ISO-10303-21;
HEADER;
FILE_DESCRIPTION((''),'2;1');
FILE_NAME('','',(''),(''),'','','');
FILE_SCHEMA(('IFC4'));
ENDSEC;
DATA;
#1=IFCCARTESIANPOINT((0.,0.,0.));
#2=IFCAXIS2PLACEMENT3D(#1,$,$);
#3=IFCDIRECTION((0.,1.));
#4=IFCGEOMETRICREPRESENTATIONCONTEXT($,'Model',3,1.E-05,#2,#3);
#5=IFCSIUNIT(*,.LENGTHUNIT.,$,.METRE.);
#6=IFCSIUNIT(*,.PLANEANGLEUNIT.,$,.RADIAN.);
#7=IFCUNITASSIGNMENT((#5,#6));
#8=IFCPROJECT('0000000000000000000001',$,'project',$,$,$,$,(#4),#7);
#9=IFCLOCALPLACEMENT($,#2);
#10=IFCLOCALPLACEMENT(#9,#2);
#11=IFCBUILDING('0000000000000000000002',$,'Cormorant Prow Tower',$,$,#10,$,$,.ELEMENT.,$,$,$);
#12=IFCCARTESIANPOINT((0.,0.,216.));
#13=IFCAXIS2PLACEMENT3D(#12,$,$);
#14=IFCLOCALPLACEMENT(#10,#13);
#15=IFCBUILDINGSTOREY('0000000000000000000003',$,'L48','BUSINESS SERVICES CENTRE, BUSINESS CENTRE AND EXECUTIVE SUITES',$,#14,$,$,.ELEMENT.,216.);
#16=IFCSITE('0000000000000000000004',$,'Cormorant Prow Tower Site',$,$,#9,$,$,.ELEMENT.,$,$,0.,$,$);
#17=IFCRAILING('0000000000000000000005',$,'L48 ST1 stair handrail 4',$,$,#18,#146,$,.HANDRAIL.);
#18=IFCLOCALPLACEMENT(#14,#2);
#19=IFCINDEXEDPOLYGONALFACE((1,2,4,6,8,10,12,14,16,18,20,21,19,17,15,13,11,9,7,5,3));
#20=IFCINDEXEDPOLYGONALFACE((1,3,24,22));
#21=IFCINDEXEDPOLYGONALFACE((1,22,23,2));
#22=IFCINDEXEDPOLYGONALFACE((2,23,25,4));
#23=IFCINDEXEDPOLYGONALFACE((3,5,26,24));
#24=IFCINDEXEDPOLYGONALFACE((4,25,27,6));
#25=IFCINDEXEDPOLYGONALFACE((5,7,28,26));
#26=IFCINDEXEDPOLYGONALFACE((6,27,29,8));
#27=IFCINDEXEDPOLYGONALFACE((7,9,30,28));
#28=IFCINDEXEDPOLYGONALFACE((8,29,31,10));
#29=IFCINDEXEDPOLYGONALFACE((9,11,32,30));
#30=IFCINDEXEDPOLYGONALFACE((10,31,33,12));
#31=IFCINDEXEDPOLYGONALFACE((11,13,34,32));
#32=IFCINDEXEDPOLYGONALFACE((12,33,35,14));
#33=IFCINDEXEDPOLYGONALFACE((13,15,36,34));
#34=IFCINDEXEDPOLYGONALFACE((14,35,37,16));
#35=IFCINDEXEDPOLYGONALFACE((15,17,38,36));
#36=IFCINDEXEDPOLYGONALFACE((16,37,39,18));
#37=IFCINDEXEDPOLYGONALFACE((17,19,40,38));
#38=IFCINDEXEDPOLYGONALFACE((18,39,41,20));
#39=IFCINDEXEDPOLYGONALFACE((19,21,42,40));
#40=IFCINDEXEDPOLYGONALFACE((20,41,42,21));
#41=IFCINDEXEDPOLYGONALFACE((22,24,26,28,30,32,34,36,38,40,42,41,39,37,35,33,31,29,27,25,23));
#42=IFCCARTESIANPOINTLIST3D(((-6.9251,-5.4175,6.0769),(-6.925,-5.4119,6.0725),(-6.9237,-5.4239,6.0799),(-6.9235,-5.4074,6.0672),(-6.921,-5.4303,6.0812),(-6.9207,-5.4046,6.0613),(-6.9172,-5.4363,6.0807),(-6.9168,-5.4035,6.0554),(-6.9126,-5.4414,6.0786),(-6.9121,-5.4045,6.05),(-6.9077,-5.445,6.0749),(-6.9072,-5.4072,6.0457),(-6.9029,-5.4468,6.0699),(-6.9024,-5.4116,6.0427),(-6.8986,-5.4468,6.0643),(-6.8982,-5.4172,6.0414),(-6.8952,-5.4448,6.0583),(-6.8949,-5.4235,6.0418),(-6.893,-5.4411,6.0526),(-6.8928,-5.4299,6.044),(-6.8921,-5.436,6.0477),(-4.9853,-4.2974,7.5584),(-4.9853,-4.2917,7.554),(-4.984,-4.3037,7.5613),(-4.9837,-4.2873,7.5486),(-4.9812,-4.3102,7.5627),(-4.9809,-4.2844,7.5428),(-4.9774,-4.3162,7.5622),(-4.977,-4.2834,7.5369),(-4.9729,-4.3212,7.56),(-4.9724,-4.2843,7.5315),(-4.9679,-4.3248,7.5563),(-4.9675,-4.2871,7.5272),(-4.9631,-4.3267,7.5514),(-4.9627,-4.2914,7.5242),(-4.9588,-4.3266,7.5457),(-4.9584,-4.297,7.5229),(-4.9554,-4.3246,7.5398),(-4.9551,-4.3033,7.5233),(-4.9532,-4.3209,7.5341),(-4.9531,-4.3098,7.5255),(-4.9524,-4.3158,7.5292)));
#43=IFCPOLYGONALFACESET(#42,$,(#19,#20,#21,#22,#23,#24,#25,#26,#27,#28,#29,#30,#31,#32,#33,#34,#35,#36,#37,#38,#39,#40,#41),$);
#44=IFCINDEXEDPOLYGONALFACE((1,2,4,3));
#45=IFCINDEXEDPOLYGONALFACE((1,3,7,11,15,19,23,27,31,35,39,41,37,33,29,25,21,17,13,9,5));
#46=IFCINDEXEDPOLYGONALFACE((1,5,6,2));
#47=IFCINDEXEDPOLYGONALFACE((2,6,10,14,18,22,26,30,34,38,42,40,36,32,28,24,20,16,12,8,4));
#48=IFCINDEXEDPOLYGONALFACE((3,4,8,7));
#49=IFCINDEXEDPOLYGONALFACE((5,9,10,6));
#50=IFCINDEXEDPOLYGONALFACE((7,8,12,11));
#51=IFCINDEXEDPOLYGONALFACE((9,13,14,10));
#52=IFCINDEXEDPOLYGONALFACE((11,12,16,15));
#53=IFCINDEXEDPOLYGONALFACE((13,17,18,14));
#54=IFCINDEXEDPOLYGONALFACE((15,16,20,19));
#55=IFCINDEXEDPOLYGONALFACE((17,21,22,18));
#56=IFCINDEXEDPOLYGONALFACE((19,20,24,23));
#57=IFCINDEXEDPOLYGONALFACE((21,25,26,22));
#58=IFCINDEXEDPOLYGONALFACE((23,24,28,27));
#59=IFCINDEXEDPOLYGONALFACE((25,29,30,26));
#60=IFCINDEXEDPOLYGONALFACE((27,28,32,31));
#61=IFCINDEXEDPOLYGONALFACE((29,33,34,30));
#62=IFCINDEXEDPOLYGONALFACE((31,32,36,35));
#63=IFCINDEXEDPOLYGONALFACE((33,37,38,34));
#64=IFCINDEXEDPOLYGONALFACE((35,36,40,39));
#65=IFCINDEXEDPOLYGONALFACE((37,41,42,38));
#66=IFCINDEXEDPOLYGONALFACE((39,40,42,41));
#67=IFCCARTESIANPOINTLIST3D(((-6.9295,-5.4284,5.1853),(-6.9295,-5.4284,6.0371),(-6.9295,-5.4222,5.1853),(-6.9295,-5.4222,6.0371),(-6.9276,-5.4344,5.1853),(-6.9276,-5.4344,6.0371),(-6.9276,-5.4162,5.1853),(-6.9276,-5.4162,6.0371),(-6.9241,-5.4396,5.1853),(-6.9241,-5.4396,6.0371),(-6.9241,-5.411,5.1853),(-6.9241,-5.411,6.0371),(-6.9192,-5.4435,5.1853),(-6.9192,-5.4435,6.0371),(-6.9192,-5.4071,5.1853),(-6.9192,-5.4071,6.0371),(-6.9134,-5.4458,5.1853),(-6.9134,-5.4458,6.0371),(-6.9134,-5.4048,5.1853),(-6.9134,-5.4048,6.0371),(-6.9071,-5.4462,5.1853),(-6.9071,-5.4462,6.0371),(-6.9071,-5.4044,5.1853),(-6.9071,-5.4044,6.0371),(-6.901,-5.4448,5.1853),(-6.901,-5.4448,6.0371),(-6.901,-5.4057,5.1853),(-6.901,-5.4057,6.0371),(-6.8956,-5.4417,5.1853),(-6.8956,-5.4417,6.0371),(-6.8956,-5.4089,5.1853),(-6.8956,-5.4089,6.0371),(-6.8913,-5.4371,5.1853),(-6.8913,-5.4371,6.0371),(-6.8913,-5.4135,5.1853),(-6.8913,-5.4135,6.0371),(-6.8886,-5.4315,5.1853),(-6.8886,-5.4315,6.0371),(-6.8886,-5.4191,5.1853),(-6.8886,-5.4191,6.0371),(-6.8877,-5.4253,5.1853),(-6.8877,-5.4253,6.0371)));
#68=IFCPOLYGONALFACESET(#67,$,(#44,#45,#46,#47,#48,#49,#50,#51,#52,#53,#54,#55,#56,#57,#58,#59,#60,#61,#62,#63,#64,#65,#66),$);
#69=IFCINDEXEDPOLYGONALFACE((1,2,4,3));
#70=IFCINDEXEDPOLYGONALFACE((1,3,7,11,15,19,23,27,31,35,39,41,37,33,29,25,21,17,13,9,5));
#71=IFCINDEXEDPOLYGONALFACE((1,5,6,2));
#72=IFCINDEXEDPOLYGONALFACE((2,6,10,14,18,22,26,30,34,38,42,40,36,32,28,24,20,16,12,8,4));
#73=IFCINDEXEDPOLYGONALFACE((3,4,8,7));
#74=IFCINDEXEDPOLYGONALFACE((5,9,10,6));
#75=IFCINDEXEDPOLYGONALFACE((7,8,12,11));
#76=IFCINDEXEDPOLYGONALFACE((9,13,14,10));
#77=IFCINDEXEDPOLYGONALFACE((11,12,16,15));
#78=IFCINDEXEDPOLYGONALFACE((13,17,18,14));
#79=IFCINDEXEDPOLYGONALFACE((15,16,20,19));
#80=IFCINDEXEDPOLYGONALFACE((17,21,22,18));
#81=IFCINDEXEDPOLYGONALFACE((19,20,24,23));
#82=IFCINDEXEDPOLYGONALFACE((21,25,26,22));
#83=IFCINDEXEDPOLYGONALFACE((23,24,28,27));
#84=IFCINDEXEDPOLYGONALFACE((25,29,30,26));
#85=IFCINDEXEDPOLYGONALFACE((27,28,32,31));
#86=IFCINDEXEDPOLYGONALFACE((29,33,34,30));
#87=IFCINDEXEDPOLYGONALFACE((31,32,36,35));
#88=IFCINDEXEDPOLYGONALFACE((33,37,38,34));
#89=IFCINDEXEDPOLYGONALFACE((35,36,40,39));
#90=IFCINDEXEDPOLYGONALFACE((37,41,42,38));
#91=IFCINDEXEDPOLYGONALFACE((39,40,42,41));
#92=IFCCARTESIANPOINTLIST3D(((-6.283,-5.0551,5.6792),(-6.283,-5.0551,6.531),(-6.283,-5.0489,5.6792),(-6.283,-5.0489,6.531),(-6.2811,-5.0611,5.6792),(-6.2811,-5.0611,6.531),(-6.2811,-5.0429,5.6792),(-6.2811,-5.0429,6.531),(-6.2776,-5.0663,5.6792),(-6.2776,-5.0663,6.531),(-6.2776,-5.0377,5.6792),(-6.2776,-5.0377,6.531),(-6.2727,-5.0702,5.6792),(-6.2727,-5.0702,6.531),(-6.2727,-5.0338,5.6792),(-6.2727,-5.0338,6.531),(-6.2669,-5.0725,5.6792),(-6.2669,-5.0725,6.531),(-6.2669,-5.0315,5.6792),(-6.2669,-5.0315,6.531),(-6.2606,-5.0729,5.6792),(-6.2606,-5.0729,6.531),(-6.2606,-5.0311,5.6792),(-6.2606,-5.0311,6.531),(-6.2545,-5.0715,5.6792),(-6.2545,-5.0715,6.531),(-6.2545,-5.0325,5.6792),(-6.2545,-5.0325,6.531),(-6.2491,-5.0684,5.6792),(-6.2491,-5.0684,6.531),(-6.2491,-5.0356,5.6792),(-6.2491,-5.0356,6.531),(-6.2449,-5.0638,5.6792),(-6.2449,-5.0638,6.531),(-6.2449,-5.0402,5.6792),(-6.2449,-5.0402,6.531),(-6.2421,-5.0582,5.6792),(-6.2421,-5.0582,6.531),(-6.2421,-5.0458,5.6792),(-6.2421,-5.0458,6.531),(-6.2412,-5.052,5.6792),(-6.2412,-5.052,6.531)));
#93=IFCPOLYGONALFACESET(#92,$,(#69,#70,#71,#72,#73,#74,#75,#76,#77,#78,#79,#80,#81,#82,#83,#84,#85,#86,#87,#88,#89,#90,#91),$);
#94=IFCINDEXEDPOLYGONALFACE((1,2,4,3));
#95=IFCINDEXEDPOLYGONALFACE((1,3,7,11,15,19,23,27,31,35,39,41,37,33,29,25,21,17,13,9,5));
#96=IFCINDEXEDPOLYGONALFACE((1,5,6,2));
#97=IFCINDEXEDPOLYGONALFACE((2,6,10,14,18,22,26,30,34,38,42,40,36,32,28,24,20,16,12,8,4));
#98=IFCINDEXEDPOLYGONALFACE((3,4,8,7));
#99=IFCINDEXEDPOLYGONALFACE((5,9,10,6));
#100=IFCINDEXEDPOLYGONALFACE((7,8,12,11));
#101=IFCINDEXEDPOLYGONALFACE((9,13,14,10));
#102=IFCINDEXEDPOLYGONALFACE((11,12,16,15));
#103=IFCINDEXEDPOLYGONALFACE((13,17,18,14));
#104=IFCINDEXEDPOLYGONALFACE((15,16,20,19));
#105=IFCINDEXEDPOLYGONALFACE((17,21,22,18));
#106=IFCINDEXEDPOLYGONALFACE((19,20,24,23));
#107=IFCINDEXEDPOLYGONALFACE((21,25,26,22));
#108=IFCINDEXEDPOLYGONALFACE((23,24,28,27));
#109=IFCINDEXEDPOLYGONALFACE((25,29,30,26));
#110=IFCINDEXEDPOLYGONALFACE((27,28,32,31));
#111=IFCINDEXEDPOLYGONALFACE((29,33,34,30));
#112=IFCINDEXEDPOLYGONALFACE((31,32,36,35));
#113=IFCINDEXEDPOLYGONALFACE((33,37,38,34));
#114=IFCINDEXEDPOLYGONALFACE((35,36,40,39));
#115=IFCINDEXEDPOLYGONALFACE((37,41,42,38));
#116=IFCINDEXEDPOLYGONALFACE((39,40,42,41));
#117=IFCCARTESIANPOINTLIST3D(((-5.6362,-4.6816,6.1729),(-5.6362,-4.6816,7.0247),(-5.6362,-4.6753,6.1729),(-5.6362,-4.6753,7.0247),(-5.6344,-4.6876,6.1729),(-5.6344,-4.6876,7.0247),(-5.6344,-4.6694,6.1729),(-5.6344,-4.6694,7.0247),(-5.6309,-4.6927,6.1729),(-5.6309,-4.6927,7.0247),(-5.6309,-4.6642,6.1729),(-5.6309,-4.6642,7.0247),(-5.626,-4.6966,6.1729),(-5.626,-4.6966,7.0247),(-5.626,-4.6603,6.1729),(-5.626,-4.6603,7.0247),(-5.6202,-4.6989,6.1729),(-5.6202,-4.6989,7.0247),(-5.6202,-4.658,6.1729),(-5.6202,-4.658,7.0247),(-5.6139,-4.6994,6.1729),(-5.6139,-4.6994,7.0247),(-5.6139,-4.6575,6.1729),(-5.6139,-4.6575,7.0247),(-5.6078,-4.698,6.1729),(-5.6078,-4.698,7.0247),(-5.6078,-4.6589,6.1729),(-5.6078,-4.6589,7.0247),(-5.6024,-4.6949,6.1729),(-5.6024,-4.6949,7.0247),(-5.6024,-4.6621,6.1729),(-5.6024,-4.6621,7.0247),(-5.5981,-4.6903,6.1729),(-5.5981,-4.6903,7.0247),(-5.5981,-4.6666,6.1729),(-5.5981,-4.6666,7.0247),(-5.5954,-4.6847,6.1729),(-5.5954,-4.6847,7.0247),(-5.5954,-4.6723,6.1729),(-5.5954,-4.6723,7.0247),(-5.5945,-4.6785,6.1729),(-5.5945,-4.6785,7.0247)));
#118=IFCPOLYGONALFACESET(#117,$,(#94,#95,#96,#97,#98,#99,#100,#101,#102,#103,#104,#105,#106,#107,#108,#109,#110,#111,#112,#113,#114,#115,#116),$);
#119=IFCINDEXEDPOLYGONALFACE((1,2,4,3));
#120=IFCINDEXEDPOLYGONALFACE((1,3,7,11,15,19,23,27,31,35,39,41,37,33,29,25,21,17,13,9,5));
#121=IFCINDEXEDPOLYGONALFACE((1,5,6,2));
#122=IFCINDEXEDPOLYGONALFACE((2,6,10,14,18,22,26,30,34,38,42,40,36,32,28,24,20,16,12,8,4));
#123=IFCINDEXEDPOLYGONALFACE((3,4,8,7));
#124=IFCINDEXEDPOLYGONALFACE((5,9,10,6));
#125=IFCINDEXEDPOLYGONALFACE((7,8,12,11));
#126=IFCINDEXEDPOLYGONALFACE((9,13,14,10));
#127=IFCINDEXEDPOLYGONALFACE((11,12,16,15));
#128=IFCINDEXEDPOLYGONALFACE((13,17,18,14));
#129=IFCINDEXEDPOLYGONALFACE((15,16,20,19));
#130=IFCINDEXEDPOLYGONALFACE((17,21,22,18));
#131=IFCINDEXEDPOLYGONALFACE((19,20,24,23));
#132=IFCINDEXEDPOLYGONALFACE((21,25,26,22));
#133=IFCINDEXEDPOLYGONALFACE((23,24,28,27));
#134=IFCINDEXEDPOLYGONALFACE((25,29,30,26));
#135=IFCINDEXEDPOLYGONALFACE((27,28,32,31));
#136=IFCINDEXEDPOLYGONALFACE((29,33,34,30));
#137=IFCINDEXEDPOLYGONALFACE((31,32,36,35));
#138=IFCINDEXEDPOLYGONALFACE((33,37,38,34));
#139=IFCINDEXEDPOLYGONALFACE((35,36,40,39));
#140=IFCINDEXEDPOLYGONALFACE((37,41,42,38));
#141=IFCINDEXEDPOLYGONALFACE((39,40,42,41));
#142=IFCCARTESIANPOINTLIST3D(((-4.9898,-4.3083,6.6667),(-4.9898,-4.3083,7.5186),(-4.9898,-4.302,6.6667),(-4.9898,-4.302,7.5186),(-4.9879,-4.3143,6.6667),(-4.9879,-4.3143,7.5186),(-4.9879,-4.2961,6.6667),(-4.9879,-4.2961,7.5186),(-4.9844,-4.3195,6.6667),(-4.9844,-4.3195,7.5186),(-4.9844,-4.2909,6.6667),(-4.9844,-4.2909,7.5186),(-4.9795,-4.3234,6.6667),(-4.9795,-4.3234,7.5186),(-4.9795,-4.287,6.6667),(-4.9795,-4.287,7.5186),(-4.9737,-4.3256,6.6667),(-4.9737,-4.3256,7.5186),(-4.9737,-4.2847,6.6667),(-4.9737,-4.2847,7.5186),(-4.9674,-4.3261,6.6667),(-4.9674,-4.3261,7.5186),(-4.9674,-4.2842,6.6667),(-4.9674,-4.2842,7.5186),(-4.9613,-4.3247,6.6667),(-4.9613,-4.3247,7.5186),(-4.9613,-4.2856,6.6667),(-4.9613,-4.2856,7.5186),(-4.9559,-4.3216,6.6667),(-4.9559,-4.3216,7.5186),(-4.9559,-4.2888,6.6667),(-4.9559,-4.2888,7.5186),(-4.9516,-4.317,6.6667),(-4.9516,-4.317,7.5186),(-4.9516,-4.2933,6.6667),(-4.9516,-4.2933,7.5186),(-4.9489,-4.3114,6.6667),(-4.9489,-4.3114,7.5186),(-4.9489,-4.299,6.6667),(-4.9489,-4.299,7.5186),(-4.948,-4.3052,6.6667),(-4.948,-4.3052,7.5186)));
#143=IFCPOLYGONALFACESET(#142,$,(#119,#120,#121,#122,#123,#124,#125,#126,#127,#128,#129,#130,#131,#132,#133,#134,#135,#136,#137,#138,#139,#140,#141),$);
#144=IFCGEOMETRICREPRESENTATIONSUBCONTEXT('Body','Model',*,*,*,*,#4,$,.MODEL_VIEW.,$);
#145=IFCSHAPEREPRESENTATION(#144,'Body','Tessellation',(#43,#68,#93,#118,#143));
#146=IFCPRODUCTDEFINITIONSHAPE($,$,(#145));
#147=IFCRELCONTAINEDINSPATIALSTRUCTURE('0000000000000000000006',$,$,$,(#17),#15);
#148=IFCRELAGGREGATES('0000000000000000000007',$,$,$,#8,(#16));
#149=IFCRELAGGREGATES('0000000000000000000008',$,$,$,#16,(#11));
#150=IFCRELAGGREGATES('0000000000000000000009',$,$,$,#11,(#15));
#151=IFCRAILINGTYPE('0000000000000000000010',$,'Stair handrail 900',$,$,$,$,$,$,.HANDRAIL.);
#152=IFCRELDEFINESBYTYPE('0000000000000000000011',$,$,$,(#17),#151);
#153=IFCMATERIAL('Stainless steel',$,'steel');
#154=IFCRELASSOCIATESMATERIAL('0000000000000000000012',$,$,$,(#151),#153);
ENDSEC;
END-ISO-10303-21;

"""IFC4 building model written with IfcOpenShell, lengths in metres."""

from ifc_helpers import new_model, si_unit, direction, frame, origin, origin_2d, place, context, subcontext, project, spatial, circle, extrude, material, type_object, element, save


model = new_model("IFC4")

# Units and contexts
model_context = context("Model", 3, precision=1e-05, world=origin(), true_north=direction((0.0, 1.0)))
body_context = subcontext(model_context, "Body", "Model", "MODEL_VIEW")
ifc_project = project(units=[si_unit("LENGTHUNIT", "METRE"), si_unit("PLANEANGLEUNIT", "RADIAN")], contexts=[model_context])

# Site, building, storey
site_placement = place(None, origin())
site = spatial("IfcSite", under=ifc_project, at=site_placement, Name="Cormorant Prow Tower Site", CompositionType="ELEMENT", RefElevation=0.0)
building_placement = place(site_placement, origin())
building = spatial("IfcBuilding", under=site, at=building_placement, Name="Cormorant Prow Tower", CompositionType="ELEMENT")
storey_placement = place(building_placement, frame((0.0, 0.0, 216.0)))
storey = spatial("IfcBuildingStorey", under=building, at=storey_placement, Name="L48", Description="BUSINESS SERVICES CENTRE, BUSINESS CENTRE AND EXECUTIVE SUITES", CompositionType="ELEMENT", Elevation=216.0)

# Railing
ifc_material_1 = material(Name="Stainless steel", Category="steel")
railing_type_1 = type_object("IfcRailingType", Name="Stair handrail 900", PredefinedType="HANDRAIL", material=ifc_material_1)
railing_1_placement = place(storey_placement, frame((-6.9087, -5.4253, 5.1853)))
element("IfcRailing", 1, at=railing_1_placement, inside=storey, type_object=railing_type_1, Name="L48 ST1 stair handrail 4", PredefinedType="HANDRAIL", context=body_context, shape_type="SweptSolid", body=[
    extrude(circle(Radius=0.0239, at=origin_2d()), frame((0.0, 0.0, 0.876), z_axis=(0.722292, 0.417102, 0.551651), x_axis=(-0.500078, 0.86598, 0.0)), (0.0, 0.0, 1.0), 2.6855),
    extrude(circle(Radius=0.021, at=origin_2d()), origin(), (0.0, 0.0, 1.0), 0.8518),
    extrude(circle(Radius=0.021, at=origin_2d()), frame((0.6465, 0.3733, 0.4939)), (0.0, 0.0, 1.0), 0.8518),
    extrude(circle(Radius=0.021, at=origin_2d()), frame((1.2932, 0.7468, 0.9875)), (0.0, 0.0, 1.0), 0.8518),
    extrude(circle(Radius=0.021, at=origin_2d()), frame((1.9397, 1.1201, 1.4814)), (0.0, 0.0, 1.0), 0.8518),
])

save(model, "model.ifc")
